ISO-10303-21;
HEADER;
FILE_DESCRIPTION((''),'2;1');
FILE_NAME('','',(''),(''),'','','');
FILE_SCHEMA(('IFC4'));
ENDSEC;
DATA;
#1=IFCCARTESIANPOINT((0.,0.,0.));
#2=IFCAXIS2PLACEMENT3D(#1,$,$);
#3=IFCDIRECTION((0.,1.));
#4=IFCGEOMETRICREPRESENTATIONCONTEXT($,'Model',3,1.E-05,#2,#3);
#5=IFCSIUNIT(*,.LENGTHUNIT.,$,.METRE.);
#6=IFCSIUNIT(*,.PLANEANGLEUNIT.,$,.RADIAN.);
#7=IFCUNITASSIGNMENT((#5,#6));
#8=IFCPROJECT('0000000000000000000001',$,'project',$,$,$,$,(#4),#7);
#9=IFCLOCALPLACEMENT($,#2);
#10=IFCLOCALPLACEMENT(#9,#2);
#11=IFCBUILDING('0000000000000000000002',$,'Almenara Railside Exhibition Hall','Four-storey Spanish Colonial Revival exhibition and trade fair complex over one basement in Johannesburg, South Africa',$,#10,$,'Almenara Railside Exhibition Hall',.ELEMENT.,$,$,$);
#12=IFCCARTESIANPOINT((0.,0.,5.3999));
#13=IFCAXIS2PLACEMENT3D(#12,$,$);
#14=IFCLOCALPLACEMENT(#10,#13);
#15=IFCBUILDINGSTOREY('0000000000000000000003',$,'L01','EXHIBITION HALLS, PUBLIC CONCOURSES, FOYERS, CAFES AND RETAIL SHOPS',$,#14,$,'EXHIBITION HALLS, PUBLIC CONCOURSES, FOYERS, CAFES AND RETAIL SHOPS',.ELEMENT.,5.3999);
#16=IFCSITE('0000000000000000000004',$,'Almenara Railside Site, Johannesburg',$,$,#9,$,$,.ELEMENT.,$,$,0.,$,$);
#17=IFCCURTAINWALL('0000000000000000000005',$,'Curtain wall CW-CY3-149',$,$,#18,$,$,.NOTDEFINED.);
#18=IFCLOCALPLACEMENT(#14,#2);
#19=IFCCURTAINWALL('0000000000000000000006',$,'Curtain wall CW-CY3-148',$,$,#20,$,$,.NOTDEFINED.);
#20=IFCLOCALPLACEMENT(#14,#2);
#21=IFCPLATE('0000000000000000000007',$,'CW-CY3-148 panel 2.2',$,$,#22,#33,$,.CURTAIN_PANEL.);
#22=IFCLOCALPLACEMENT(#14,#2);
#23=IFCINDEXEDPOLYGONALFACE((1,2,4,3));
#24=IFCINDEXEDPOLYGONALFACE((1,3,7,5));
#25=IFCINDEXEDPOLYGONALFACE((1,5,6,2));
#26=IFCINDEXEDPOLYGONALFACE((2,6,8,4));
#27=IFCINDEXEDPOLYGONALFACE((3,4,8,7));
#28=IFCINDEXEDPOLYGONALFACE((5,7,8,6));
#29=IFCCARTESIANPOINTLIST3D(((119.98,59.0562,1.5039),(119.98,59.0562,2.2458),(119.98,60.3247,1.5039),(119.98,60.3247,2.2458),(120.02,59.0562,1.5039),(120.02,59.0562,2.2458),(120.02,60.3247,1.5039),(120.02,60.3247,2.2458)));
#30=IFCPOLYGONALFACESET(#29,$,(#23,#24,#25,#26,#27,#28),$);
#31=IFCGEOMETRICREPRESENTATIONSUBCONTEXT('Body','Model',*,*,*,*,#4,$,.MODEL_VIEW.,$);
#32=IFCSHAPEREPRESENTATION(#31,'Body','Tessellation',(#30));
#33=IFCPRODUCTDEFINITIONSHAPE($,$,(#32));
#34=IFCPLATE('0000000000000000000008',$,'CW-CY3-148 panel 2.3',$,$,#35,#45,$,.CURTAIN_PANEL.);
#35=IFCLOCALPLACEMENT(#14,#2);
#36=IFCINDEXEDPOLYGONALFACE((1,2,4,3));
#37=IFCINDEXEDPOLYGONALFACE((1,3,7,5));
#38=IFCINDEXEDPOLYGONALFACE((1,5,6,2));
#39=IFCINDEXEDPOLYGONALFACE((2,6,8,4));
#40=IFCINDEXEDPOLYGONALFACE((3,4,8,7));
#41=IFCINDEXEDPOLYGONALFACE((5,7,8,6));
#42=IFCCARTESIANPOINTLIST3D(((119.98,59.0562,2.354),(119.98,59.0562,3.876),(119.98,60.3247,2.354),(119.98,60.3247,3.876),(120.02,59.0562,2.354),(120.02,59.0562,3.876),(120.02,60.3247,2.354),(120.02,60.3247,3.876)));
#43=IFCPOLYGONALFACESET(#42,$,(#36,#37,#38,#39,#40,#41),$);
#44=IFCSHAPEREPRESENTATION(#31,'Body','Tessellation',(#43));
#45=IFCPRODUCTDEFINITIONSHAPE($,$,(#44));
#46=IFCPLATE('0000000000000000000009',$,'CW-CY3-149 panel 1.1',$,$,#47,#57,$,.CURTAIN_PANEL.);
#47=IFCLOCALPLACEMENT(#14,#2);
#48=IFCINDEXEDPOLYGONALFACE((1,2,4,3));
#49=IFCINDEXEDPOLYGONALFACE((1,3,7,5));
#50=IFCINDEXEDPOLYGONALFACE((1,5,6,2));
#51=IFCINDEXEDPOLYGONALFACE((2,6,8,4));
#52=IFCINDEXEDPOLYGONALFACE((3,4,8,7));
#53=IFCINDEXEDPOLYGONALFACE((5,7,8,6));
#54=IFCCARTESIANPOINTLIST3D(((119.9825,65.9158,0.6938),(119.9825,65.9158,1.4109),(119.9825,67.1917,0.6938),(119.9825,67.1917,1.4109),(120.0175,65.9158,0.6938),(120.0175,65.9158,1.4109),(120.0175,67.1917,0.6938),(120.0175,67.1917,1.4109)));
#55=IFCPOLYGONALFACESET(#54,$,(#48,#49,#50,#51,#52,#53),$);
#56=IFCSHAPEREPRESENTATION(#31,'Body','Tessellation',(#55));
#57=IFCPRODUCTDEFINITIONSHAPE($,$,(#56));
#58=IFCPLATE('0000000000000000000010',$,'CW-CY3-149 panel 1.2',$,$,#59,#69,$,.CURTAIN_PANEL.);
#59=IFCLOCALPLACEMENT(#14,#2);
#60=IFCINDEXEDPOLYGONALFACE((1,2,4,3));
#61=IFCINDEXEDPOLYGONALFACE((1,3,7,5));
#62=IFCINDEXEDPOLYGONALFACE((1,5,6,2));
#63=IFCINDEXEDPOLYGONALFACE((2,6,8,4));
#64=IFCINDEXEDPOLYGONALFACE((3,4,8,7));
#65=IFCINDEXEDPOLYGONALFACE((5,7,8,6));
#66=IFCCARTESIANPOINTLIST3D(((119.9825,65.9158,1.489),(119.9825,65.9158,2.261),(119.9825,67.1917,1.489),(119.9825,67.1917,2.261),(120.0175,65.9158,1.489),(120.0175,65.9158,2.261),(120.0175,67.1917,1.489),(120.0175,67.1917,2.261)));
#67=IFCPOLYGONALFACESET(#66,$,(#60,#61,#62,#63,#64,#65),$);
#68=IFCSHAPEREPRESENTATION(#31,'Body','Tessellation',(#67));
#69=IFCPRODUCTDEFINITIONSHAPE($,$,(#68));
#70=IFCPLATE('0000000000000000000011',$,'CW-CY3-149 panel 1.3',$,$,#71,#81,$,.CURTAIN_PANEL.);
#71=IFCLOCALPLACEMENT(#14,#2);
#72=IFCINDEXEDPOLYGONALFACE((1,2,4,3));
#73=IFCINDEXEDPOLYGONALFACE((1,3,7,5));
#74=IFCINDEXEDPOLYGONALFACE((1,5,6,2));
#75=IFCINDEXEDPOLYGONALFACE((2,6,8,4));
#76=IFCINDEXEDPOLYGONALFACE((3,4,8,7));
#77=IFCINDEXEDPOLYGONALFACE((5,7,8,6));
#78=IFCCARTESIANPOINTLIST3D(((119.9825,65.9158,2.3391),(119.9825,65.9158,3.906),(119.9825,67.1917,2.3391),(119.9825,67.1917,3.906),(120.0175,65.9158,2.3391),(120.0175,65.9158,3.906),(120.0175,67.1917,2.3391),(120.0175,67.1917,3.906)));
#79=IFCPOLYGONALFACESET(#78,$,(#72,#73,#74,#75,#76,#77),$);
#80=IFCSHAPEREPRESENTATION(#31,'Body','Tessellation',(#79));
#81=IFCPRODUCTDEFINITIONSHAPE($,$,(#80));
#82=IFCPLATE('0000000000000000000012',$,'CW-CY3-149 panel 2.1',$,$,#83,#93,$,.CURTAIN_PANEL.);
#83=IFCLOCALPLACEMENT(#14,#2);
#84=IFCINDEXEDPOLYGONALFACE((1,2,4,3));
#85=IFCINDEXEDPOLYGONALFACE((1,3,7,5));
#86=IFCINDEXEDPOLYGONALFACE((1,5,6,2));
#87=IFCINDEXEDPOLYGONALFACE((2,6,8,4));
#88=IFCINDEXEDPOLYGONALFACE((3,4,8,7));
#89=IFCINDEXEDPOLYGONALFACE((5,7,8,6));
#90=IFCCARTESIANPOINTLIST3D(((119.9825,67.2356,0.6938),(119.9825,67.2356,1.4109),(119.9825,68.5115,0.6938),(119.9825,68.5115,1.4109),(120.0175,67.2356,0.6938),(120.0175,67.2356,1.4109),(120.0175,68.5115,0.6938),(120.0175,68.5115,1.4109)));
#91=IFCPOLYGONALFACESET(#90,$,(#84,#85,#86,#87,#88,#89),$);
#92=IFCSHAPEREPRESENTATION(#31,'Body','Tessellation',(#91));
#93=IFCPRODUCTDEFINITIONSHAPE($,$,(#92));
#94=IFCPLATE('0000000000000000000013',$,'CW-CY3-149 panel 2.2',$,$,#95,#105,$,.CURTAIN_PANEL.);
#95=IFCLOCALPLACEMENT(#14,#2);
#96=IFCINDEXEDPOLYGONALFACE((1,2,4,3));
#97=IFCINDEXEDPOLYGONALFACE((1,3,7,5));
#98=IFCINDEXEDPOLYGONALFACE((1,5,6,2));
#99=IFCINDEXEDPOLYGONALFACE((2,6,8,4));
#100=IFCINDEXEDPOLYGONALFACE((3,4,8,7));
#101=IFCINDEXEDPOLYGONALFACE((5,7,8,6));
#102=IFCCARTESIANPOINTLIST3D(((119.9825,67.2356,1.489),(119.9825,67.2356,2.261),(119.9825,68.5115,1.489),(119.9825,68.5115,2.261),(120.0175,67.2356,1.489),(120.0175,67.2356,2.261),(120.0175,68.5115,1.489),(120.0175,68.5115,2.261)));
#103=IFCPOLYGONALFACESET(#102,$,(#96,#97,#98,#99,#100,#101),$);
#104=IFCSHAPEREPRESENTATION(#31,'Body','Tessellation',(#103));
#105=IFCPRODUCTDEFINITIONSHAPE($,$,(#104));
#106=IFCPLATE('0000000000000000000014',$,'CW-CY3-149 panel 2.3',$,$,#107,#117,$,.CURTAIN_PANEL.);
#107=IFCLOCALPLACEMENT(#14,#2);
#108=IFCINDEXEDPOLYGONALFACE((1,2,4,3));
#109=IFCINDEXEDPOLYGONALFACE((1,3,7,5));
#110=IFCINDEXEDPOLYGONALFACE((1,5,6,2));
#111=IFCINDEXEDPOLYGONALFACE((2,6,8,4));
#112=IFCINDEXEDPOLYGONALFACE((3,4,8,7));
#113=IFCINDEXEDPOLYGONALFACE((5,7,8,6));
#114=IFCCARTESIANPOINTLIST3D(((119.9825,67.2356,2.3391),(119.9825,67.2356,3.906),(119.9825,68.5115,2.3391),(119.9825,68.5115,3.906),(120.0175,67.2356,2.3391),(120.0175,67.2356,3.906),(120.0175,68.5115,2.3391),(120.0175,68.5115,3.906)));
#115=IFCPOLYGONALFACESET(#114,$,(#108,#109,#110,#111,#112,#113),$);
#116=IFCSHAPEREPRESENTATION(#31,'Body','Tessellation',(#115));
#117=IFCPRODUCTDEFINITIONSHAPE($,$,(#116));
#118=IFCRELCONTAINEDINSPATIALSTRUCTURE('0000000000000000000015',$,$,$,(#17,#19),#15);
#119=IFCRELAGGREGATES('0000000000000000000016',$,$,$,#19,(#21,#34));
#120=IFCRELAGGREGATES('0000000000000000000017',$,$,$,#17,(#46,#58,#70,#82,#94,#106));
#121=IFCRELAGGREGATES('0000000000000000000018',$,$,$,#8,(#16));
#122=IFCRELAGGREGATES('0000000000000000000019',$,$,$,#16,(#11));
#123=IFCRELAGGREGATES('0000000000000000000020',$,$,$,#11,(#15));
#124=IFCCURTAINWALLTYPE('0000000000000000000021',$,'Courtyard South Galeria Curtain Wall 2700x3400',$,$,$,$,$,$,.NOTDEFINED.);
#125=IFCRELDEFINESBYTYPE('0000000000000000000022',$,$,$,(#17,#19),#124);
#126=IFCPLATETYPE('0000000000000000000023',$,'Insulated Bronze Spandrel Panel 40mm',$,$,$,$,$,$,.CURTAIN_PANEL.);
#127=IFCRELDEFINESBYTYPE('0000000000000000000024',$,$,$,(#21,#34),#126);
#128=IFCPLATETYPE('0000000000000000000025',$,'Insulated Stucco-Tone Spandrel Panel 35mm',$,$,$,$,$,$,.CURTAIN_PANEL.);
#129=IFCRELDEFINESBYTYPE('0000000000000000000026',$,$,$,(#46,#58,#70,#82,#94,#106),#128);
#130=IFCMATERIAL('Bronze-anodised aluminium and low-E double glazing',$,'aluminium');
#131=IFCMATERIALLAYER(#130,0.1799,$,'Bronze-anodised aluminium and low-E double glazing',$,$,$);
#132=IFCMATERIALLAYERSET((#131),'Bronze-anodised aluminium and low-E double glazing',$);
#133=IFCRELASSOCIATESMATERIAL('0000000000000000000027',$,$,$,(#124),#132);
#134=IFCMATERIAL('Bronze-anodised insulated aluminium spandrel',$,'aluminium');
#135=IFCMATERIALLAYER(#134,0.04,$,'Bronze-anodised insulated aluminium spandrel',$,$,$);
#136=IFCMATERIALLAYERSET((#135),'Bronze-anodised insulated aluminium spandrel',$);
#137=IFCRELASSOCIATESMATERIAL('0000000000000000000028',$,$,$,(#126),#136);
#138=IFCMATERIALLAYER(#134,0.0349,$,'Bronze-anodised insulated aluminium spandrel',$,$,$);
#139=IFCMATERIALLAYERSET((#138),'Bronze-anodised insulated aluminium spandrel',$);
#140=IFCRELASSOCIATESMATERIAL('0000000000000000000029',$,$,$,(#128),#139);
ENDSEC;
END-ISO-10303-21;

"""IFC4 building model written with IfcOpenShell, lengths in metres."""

from ifc_helpers import new_model, si_unit, direction, frame, origin, origin_2d, place, context, subcontext, project, spatial, rectangle, extrude, material, layer, layer_set, type_object, element, aggregate, save


model = new_model("IFC4")

# Units and contexts
model_context = context("Model", 3, precision=1e-05, world=origin(), true_north=direction((0.0, 1.0)))
body_context = subcontext(model_context, "Body", "Model", "MODEL_VIEW")
ifc_project = project(units=[si_unit("LENGTHUNIT", "METRE"), si_unit("PLANEANGLEUNIT", "RADIAN")], contexts=[model_context])

# Site, building, storey
site_placement = place(None, origin())
site = spatial("IfcSite", under=ifc_project, at=site_placement, Name="Almenara Railside Site, Johannesburg", CompositionType="ELEMENT", RefElevation=0.0)
building_placement = place(site_placement, origin())
building = spatial("IfcBuilding", under=site, at=building_placement, Name="Almenara Railside Exhibition Hall", Description="Four-storey Spanish Colonial Revival exhibition and trade fair complex over one basement in Johannesburg, South Africa", LongName="Almenara Railside Exhibition Hall", CompositionType="ELEMENT")
storey_placement = place(building_placement, frame((0.0, 0.0, 5.3999)))
storey = spatial("IfcBuildingStorey", under=building, at=storey_placement, Name="L01", Description="EXHIBITION HALLS, PUBLIC CONCOURSES, FOYERS, CAFES AND RETAIL SHOPS", LongName="EXHIBITION HALLS, PUBLIC CONCOURSES, FOYERS, CAFES AND RETAIL SHOPS", CompositionType="ELEMENT", Elevation=5.3999)

# Curtain wall
ifc_material_1 = material(Name="Bronze-anodised aluminium and low-E double glazing", Category="aluminium")
ifc_layer_1 = layer(ifc_material_1, 0.1799, Name="Bronze-anodised aluminium and low-E double glazing")
ifc_layer_set_1 = layer_set([ifc_layer_1], Name="Bronze-anodised aluminium and low-E double glazing")
curtain_wall_type = type_object("IfcCurtainWallType", Name="Courtyard South Galeria Curtain Wall 2700x3400", PredefinedType="NOTDEFINED", material=ifc_layer_set_1)
curtain_wall_1_placement = place(storey_placement, origin())
curtain_wall_1 = element("IfcCurtainWall", 1, at=curtain_wall_1_placement, inside=storey, type_object=curtain_wall_type, Name="Curtain wall CW-CY3-149", PredefinedType="NOTDEFINED")

# Curtain wall
curtain_wall_2_placement = place(storey_placement, origin())
curtain_wall_2 = element("IfcCurtainWall", 2, at=curtain_wall_2_placement, inside=storey, type_object=curtain_wall_type, Name="Curtain wall CW-CY3-148", PredefinedType="NOTDEFINED")

# Plates
ifc_material_2 = material(Name="Bronze-anodised insulated aluminium spandrel", Category="aluminium")
ifc_layer_2 = layer(ifc_material_2, 0.04, Name="Bronze-anodised insulated aluminium spandrel")
ifc_layer_set_2 = layer_set([ifc_layer_2], Name="Bronze-anodised insulated aluminium spandrel")
plate_type_1 = type_object("IfcPlateType", Name="Insulated Bronze Spandrel Panel 40mm", PredefinedType="CURTAIN_PANEL", material=ifc_layer_set_2)
plate_1_placement = place(storey_placement, frame((120.0, 59.6904, 1.5039), z_axis=(0.0, 0.0, 1.0), x_axis=(0.0, 1.0, 0.0)))
plate_1 = element("IfcPlate", 3, at=plate_1_placement, type_object=plate_type_1, Name="CW-CY3-148 panel 2.2", PredefinedType="CURTAIN_PANEL", context=body_context, shape_type="SweptSolid", body=[
    extrude(rectangle(XDim=1.2686, YDim=0.04, at=origin_2d()), origin(), (0.0, 0.0, 1.0), 0.7419),
])
plate_2_placement = place(storey_placement, frame((120.0, 59.6904, 2.354), z_axis=(0.0, 0.0, 1.0), x_axis=(0.0, 1.0, 0.0)))
plate_2 = element("IfcPlate", 4, at=plate_2_placement, type_object=plate_type_1, Name="CW-CY3-148 panel 2.3", PredefinedType="CURTAIN_PANEL", context=body_context, shape_type="SweptSolid", body=[
    extrude(rectangle(XDim=1.2686, YDim=0.04, at=origin_2d()), origin(), (0.0, 0.0, 1.0), 1.522),
])
aggregate(curtain_wall_2, [plate_1, plate_2])
ifc_layer_3 = layer(ifc_material_2, 0.0349, Name="Bronze-anodised insulated aluminium spandrel")
ifc_layer_set_3 = layer_set([ifc_layer_3], Name="Bronze-anodised insulated aluminium spandrel")
plate_type_2 = type_object("IfcPlateType", Name="Insulated Stucco-Tone Spandrel Panel 35mm", PredefinedType="CURTAIN_PANEL", material=ifc_layer_set_3)
plate_3_placement = place(storey_placement, frame((120.0, 66.5537, 0.6938), z_axis=(0.0, 0.0, 1.0), x_axis=(0.0, 1.0, 0.0)))
plate_3 = element("IfcPlate", 5, at=plate_3_placement, type_object=plate_type_2, Name="CW-CY3-149 panel 1.1", PredefinedType="CURTAIN_PANEL", context=body_context, shape_type="SweptSolid", body=[
    extrude(rectangle(XDim=1.2759, YDim=0.0349, at=origin_2d()), origin(), (0.0, 0.0, 1.0), 0.717),
])
plate_4_placement = place(storey_placement, frame((120.0, 66.5537, 1.489), z_axis=(0.0, 0.0, 1.0), x_axis=(0.0, 1.0, 0.0)))
plate_4 = element("IfcPlate", 6, at=plate_4_placement, type_object=plate_type_2, Name="CW-CY3-149 panel 1.2", PredefinedType="CURTAIN_PANEL", context=body_context, shape_type="SweptSolid", body=[
    extrude(rectangle(XDim=1.2759, YDim=0.0349, at=origin_2d()), origin(), (0.0, 0.0, 1.0), 0.772),
])
plate_5_placement = place(storey_placement, frame((120.0, 66.5537, 2.3391), z_axis=(0.0, 0.0, 1.0), x_axis=(0.0, 1.0, 0.0)))
plate_5 = element("IfcPlate", 7, at=plate_5_placement, type_object=plate_type_2, Name="CW-CY3-149 panel 1.3", PredefinedType="CURTAIN_PANEL", context=body_context, shape_type="SweptSolid", body=[
    extrude(rectangle(XDim=1.2759, YDim=0.0349, at=origin_2d()), origin(), (0.0, 0.0, 1.0), 1.5669),
])
plate_6_placement = place(storey_placement, frame((120.0, 67.8735, 0.6938), z_axis=(0.0, 0.0, 1.0), x_axis=(0.0, 1.0, 0.0)))
plate_6 = element("IfcPlate", 8, at=plate_6_placement, type_object=plate_type_2, Name="CW-CY3-149 panel 2.1", PredefinedType="CURTAIN_PANEL", context=body_context, shape_type="SweptSolid", body=[
    extrude(rectangle(XDim=1.2759, YDim=0.0349, at=origin_2d()), origin(), (0.0, 0.0, 1.0), 0.717),
])
plate_7_placement = place(storey_placement, frame((120.0, 67.8735, 1.489), z_axis=(0.0, 0.0, 1.0), x_axis=(0.0, 1.0, 0.0)))
plate_7 = element("IfcPlate", 9, at=plate_7_placement, type_object=plate_type_2, Name="CW-CY3-149 panel 2.2", PredefinedType="CURTAIN_PANEL", context=body_context, shape_type="SweptSolid", body=[
    extrude(rectangle(XDim=1.2759, YDim=0.0349, at=origin_2d()), origin(), (0.0, 0.0, 1.0), 0.772),
])
plate_8_placement = place(storey_placement, frame((120.0, 67.8735, 2.3391), z_axis=(0.0, 0.0, 1.0), x_axis=(0.0, 1.0, 0.0)))
plate_8 = element("IfcPlate", 10, at=plate_8_placement, type_object=plate_type_2, Name="CW-CY3-149 panel 2.3", PredefinedType="CURTAIN_PANEL", context=body_context, shape_type="SweptSolid", body=[
    extrude(rectangle(XDim=1.2759, YDim=0.0349, at=origin_2d()), origin(), (0.0, 0.0, 1.0), 1.5669),
])
aggregate(curtain_wall_1, [plate_3, plate_4, plate_5, plate_6, plate_7, plate_8])

save(model, "model.ifc")
